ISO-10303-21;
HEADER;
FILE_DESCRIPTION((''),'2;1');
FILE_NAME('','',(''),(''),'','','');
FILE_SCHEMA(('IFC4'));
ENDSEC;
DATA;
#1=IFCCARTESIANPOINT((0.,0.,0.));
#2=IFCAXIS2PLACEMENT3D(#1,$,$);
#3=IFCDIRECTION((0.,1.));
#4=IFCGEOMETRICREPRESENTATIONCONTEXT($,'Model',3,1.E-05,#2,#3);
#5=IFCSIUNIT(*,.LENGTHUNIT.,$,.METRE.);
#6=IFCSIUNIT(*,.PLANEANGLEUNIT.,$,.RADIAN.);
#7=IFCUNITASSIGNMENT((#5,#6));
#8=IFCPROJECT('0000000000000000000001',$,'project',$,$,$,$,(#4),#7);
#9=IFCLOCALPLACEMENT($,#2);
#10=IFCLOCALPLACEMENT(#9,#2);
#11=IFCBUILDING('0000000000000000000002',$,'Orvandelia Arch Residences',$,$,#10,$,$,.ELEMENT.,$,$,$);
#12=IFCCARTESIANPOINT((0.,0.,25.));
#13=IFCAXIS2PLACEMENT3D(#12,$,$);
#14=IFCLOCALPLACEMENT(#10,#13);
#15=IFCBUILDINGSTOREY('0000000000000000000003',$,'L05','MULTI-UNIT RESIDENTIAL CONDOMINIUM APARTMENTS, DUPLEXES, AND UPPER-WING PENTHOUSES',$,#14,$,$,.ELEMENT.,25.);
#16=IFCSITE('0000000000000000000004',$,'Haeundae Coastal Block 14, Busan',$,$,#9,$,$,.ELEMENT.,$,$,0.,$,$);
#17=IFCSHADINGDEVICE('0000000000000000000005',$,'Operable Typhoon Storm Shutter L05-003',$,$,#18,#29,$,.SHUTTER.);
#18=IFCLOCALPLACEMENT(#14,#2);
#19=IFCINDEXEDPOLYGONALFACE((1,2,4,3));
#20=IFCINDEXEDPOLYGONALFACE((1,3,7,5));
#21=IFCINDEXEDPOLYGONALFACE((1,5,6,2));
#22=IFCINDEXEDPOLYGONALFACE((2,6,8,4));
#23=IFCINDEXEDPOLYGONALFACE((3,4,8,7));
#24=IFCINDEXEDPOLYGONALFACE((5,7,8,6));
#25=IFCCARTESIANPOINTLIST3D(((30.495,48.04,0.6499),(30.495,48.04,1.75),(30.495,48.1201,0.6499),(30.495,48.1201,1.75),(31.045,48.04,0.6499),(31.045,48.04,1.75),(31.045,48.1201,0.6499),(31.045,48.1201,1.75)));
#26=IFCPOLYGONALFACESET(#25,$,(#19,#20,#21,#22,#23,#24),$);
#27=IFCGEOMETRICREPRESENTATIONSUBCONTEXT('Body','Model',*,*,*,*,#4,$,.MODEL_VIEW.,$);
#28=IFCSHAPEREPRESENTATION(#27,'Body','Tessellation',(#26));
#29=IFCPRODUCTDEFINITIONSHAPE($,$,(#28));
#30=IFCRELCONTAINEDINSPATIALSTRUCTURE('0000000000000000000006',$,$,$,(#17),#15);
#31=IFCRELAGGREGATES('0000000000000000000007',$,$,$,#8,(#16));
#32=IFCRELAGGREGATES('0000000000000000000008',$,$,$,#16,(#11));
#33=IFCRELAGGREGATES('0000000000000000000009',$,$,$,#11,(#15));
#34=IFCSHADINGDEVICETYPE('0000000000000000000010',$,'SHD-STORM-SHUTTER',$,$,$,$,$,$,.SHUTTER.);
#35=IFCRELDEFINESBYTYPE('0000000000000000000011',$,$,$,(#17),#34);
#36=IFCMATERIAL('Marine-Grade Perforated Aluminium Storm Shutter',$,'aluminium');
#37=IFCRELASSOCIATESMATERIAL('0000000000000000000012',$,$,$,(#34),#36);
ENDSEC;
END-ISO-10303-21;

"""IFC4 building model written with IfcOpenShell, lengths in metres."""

from ifc_helpers import new_model, si_unit, direction, frame, origin, origin_2d, place, context, subcontext, project, spatial, rectangle, extrude, material, type_object, element, save


model = new_model("IFC4")

# Units and contexts
model_context = context("Model", 3, precision=1e-05, world=origin(), true_north=direction((0.0, 1.0)))
body_context = subcontext(model_context, "Body", "Model", "MODEL_VIEW")
ifc_project = project(units=[si_unit("LENGTHUNIT", "METRE"), si_unit("PLANEANGLEUNIT", "RADIAN")], contexts=[model_context])

# Site, building, storey
site_placement = place(None, origin())
site = spatial("IfcSite", under=ifc_project, at=site_placement, Name="Haeundae Coastal Block 14, Busan", CompositionType="ELEMENT", RefElevation=0.0)
building_placement = place(site_placement, origin())
building = spatial("IfcBuilding", under=site, at=building_placement, Name="Orvandelia Arch Residences", CompositionType="ELEMENT")
storey_placement = place(building_placement, frame((0.0, 0.0, 25.0)))
storey = spatial("IfcBuildingStorey", under=building, at=storey_placement, Name="L05", Description="MULTI-UNIT RESIDENTIAL CONDOMINIUM APARTMENTS, DUPLEXES, AND UPPER-WING PENTHOUSES", CompositionType="ELEMENT", Elevation=25.0)

# Shading device
ifc_material_1 = material(Name="Marine-Grade Perforated Aluminium Storm Shutter", Category="aluminium")
shading_device_type = type_object("IfcShadingDeviceType", Name="SHD-STORM-SHUTTER", PredefinedType="SHUTTER", material=ifc_material_1)
shading_device_placement = place(storey_placement, frame((30.77, 48.0801, 0.6499), z_axis=(0.0, 0.0, 1.0), x_axis=(1.0, 0.0, 0.0)))
element("IfcShadingDevice", 1, at=shading_device_placement, inside=storey, type_object=shading_device_type, Name="Operable Typhoon Storm Shutter L05-003", PredefinedType="SHUTTER", context=body_context, shape_type="SweptSolid", body=[
    extrude(rectangle(XDim=0.55, YDim=0.0801, at=origin_2d()), origin(), (0.0, 0.0, 1.0), 1.1001),
])

save(model, "model.ifc")
